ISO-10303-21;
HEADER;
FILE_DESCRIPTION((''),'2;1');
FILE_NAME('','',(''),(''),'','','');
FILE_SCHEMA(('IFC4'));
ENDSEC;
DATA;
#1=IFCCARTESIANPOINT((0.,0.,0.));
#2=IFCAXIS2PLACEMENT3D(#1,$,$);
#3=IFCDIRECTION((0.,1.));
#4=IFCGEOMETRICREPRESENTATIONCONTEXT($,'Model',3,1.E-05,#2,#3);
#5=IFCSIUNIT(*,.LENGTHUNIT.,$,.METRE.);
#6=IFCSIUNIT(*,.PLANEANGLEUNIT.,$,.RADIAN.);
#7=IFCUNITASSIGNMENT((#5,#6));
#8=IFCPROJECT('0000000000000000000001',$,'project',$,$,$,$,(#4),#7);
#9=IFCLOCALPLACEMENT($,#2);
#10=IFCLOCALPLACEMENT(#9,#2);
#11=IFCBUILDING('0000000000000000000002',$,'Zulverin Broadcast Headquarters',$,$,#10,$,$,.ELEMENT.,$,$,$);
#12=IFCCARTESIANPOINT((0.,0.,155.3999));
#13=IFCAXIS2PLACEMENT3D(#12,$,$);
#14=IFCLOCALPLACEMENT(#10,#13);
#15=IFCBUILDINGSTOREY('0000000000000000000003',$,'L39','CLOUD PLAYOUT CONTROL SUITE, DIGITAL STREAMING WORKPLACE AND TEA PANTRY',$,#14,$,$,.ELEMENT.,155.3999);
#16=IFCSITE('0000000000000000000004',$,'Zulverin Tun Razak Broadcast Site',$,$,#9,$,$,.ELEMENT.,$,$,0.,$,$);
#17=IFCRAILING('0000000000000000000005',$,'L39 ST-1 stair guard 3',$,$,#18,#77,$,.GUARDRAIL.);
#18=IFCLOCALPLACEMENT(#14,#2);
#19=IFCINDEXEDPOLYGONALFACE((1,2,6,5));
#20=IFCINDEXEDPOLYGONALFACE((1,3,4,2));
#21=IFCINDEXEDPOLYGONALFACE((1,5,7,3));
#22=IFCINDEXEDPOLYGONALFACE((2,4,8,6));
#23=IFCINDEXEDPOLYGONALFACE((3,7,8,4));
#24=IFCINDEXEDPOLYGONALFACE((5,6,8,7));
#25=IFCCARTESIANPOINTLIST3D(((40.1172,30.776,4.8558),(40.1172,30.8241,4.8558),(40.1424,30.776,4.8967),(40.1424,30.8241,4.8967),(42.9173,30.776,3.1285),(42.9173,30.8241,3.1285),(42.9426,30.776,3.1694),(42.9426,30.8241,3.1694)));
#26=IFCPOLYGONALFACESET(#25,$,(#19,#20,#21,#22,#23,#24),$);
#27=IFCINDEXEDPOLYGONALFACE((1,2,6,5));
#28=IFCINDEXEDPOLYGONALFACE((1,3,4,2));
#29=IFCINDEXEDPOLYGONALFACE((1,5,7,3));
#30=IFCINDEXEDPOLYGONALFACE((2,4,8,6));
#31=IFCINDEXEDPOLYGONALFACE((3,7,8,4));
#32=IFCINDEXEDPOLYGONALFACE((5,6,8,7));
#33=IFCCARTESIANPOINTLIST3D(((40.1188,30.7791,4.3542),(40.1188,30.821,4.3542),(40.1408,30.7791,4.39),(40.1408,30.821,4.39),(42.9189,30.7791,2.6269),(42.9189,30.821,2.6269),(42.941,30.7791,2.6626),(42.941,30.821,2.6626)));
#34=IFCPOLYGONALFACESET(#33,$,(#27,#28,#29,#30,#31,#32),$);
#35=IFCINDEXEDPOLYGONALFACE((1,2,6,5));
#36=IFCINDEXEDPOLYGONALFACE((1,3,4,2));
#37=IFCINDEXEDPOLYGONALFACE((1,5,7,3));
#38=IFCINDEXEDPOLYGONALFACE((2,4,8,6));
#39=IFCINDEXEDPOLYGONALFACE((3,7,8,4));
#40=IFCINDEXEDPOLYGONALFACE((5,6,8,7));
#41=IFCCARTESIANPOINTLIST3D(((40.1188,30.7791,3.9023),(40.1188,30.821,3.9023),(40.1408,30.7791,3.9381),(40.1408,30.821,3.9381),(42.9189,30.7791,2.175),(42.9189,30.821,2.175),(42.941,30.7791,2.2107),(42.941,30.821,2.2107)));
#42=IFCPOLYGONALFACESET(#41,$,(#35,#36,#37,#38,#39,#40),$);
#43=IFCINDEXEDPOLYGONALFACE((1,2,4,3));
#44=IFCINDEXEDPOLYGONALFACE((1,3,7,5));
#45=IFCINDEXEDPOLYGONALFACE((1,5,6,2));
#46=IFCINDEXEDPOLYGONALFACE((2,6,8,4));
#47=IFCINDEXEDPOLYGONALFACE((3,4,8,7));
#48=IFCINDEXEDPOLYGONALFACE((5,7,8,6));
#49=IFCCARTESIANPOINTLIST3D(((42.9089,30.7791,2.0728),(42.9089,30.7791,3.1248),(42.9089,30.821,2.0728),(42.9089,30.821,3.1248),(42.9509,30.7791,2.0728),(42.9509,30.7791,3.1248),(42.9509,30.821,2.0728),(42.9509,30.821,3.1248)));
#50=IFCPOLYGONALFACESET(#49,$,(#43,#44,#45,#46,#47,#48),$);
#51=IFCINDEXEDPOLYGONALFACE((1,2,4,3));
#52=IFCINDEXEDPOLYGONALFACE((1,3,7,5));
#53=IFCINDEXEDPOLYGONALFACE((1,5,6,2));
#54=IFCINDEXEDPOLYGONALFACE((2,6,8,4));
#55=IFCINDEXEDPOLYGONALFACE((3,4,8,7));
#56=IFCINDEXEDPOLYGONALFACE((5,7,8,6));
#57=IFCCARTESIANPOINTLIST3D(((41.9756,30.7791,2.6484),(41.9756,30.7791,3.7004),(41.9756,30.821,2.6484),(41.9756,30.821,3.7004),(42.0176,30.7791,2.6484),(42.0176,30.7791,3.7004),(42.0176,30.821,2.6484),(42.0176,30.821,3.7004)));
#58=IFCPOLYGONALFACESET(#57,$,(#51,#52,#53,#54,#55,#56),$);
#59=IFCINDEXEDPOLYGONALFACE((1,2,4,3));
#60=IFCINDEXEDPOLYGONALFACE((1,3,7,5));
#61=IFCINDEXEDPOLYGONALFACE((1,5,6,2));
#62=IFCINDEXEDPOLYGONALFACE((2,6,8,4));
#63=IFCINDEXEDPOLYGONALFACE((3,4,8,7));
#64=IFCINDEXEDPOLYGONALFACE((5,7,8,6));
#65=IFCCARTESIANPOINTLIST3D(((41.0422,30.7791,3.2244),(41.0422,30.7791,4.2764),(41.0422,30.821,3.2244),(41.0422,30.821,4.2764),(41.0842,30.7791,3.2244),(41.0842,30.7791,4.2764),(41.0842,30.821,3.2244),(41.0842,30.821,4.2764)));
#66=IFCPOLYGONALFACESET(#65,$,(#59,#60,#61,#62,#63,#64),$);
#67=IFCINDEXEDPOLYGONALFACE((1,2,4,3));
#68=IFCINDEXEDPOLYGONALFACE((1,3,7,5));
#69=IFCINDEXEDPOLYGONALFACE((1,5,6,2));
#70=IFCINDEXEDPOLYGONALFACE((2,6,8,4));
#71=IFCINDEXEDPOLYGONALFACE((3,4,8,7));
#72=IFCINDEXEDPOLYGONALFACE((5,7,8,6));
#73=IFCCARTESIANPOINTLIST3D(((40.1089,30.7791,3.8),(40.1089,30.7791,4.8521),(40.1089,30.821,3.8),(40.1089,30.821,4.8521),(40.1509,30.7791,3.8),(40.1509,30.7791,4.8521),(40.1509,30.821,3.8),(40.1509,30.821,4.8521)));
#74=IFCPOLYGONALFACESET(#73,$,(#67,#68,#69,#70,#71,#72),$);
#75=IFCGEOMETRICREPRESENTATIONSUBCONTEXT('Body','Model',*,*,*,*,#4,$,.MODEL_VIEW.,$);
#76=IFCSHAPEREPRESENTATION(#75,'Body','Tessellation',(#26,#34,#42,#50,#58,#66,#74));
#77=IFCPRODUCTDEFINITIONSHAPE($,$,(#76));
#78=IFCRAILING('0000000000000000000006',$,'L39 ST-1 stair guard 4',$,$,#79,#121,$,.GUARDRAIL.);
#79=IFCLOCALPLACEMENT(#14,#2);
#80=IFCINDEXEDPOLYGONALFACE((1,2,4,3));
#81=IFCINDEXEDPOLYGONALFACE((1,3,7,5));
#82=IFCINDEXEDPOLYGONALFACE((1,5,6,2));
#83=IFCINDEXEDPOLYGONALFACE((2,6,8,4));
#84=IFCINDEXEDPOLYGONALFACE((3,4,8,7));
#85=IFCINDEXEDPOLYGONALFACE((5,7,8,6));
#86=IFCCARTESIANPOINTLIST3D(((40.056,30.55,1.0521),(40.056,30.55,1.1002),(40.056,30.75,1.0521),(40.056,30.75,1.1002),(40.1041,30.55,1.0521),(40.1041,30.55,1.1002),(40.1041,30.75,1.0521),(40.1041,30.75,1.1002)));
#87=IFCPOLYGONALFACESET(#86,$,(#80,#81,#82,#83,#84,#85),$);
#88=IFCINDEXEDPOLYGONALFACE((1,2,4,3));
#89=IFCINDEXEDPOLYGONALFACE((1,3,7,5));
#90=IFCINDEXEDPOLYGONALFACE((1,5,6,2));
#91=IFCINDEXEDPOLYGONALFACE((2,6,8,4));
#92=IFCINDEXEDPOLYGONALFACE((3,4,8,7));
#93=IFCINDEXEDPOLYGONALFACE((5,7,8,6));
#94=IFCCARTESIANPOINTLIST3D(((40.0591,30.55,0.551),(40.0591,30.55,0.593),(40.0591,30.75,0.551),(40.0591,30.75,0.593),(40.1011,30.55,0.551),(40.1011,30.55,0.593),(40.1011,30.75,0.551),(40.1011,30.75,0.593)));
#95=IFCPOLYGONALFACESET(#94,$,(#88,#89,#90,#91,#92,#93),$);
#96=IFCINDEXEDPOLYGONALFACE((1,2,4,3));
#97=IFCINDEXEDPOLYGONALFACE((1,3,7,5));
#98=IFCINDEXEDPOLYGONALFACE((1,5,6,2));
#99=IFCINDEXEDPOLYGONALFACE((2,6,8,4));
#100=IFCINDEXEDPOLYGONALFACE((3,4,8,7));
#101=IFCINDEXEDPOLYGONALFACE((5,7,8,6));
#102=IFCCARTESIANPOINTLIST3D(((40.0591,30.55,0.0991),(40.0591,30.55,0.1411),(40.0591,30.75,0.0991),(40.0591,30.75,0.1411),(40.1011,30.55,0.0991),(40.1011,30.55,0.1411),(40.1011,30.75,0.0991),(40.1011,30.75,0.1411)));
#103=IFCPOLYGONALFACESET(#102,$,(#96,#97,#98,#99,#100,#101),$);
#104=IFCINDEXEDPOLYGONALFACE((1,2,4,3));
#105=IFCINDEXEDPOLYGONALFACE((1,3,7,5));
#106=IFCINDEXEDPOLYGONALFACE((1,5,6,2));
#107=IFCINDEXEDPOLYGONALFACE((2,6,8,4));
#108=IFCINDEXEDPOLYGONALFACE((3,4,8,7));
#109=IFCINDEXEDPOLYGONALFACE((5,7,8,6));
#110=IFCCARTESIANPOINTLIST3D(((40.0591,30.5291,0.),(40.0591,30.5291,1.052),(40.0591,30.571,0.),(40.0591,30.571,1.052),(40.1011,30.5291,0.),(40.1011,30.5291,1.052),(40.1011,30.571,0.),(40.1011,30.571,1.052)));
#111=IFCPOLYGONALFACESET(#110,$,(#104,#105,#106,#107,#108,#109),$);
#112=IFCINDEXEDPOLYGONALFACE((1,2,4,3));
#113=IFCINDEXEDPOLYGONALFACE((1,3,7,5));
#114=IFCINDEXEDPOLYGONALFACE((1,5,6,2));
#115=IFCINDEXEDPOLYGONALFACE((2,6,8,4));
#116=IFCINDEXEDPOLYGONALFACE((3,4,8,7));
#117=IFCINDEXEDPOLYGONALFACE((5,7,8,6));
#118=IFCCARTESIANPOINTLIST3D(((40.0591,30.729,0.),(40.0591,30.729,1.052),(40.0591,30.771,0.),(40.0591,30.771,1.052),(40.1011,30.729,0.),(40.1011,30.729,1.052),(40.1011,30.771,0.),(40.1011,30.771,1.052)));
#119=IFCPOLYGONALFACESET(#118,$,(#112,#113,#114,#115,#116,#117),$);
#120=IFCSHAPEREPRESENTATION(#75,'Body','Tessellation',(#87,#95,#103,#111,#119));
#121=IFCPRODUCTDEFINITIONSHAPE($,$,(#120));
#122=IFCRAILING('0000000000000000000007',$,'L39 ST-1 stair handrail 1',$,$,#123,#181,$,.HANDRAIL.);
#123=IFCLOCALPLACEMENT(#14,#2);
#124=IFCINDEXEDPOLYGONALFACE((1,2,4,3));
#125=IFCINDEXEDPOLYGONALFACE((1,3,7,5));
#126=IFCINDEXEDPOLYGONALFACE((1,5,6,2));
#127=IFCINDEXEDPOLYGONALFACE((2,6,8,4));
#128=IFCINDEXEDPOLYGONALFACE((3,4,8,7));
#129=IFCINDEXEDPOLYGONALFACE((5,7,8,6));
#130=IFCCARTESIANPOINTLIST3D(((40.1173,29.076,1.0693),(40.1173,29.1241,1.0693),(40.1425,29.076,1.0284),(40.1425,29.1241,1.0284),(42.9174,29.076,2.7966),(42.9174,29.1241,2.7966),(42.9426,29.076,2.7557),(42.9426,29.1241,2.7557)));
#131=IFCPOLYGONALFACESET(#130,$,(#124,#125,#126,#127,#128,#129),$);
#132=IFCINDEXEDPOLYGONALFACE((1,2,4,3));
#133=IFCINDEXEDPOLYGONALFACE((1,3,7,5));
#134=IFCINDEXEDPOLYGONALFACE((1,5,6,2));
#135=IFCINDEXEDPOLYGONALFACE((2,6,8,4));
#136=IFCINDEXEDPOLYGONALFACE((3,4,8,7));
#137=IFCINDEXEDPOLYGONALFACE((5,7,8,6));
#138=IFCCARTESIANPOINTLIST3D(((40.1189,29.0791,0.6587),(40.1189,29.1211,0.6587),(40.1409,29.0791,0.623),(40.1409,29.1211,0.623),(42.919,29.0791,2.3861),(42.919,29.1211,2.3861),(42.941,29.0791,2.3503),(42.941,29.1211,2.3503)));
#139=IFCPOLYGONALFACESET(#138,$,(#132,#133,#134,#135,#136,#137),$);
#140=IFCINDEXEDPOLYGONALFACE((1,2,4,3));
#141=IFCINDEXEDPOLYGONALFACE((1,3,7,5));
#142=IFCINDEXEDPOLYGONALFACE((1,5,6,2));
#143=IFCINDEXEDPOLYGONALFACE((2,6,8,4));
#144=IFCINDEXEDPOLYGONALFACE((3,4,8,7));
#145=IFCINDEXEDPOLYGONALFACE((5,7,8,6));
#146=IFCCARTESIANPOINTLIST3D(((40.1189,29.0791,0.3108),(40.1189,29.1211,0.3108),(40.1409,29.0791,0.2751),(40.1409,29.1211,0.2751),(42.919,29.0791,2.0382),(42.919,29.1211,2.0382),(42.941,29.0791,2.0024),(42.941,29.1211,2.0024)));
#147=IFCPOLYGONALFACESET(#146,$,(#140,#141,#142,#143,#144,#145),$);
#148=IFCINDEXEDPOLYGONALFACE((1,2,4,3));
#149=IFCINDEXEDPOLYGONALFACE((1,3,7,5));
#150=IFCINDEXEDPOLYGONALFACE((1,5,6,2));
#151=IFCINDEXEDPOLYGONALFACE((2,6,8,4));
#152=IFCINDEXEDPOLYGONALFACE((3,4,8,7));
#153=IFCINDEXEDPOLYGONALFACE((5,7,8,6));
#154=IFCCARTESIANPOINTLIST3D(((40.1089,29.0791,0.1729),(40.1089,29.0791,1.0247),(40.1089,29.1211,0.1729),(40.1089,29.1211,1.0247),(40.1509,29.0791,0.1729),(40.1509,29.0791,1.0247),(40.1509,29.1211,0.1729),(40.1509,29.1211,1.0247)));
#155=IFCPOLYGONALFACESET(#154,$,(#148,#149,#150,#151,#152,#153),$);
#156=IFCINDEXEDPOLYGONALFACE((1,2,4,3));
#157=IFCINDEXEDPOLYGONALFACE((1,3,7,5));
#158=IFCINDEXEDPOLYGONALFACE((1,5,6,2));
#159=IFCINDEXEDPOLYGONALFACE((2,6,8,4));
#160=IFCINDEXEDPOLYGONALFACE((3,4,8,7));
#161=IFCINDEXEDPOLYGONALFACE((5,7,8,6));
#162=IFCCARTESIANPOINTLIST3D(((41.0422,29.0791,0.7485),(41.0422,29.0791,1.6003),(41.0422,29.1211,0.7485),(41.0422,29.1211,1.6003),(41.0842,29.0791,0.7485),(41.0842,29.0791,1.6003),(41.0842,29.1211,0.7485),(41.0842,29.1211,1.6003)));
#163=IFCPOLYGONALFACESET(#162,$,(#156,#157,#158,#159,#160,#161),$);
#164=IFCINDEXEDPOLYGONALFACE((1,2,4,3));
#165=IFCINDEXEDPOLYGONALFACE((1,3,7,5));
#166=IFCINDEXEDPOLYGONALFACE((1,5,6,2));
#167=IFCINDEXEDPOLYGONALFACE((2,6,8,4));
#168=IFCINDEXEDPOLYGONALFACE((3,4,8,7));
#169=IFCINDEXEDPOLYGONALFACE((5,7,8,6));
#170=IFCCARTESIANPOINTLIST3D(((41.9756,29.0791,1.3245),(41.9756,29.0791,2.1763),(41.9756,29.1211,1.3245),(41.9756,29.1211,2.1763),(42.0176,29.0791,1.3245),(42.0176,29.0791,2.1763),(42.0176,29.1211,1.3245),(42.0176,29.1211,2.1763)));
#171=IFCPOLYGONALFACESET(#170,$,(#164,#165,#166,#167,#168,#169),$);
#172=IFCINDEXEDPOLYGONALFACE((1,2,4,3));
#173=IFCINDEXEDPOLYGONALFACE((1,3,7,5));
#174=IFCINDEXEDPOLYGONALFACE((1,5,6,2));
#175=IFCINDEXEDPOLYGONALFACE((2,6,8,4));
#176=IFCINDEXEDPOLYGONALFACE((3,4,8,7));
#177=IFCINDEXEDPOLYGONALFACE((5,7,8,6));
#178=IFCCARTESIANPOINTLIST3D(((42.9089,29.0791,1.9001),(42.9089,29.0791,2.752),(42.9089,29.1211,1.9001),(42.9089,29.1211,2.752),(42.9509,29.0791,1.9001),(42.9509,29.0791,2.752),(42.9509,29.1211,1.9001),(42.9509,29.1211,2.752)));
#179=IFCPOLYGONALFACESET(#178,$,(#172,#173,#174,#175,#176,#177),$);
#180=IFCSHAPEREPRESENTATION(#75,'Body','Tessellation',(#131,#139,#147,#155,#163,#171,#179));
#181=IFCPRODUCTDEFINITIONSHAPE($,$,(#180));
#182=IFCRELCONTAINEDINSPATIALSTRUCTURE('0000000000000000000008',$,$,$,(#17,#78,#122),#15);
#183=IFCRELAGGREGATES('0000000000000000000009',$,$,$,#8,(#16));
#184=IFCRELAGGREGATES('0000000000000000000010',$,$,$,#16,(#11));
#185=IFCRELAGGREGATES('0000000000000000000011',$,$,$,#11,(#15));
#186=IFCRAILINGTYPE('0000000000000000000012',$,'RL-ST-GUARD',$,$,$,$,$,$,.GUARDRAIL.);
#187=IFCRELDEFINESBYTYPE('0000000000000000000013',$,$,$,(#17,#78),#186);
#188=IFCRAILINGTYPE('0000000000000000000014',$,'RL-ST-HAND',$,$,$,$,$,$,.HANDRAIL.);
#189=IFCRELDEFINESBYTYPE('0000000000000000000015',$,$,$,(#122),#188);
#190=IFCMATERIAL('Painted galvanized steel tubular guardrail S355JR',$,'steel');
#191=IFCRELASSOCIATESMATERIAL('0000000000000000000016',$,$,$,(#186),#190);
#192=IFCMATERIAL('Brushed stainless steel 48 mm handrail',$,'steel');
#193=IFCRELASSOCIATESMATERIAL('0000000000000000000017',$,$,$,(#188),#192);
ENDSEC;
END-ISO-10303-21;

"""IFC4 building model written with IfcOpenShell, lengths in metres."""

from ifc_helpers import new_model, si_unit, direction, frame, origin, origin_2d, place, context, subcontext, project, spatial, rectangle, extrude, material, type_object, element, save


model = new_model("IFC4")

# Units and contexts
model_context = context("Model", 3, precision=1e-05, world=origin(), true_north=direction((0.0, 1.0)))
body_context = subcontext(model_context, "Body", "Model", "MODEL_VIEW")
ifc_project = project(units=[si_unit("LENGTHUNIT", "METRE"), si_unit("PLANEANGLEUNIT", "RADIAN")], contexts=[model_context])

# Site, building, storey
site_placement = place(None, origin())
site = spatial("IfcSite", under=ifc_project, at=site_placement, Name="Zulverin Tun Razak Broadcast Site", CompositionType="ELEMENT", RefElevation=0.0)
building_placement = place(site_placement, origin())
building = spatial("IfcBuilding", under=site, at=building_placement, Name="Zulverin Broadcast Headquarters", CompositionType="ELEMENT")
storey_placement = place(building_placement, frame((0.0, 0.0, 155.3999)))
storey = spatial("IfcBuildingStorey", under=building, at=storey_placement, Name="L39", Description="CLOUD PLAYOUT CONTROL SUITE, DIGITAL STREAMING WORKPLACE AND TEA PANTRY", CompositionType="ELEMENT", Elevation=155.3999)

# Railings
ifc_material_1 = material(Name="Painted galvanized steel tubular guardrail S355JR", Category="steel")
railing_type_1 = type_object("IfcRailingType", Name="RL-ST-GUARD", PredefinedType="GUARDRAIL", material=ifc_material_1)
railing_1_placement = place(storey_placement, frame((42.9299, 30.8, 2.0728)))
element("IfcRailing", 1, at=railing_1_placement, inside=storey, type_object=railing_type_1, Name="L39 ST-1 stair guard 3", PredefinedType="GUARDRAIL", context=body_context, shape_type="SweptSolid", body=[
    extrude(rectangle(XDim=0.0481, YDim=0.0481, at=origin_2d()), frame((0.0, 0.0, 1.0762), z_axis=(-0.85109, 0.0, 0.52502), x_axis=(0.0, -1.0, 0.0)), (0.0, 0.0, 1.0), 3.29),
    extrude(rectangle(XDim=0.042, YDim=0.042, at=origin_2d()), frame((0.0, 0.0, 0.572), z_axis=(-0.85109, 0.0, 0.52502), x_axis=(0.0, -1.0, 0.0)), (0.0, 0.0, 1.0), 3.29),
    extrude(rectangle(XDim=0.042, YDim=0.042, at=origin_2d()), frame((0.0, 0.0, 0.1201), z_axis=(-0.85109, 0.0, 0.52502), x_axis=(0.0, -1.0, 0.0)), (0.0, 0.0, 1.0), 3.29),
    extrude(rectangle(XDim=0.042, YDim=0.042, at=origin_2d()), origin(), (0.0, 0.0, 1.0), 1.052),
    extrude(rectangle(XDim=0.042, YDim=0.042, at=origin_2d()), frame((-0.9333, 0.0, 0.5757)), (0.0, 0.0, 1.0), 1.052),
    extrude(rectangle(XDim=0.042, YDim=0.042, at=origin_2d()), frame((-1.8667, 0.0, 1.1516)), (0.0, 0.0, 1.0), 1.052),
    extrude(rectangle(XDim=0.042, YDim=0.042, at=origin_2d()), frame((-2.8, 0.0, 1.7273)), (0.0, 0.0, 1.0), 1.052),
])
railing_2_placement = place(storey_placement, frame((40.0801, 30.55, 0.0)))
element("IfcRailing", 2, at=railing_2_placement, inside=storey, type_object=railing_type_1, Name="L39 ST-1 stair guard 4", PredefinedType="GUARDRAIL", context=body_context, shape_type="SweptSolid", body=[
    extrude(rectangle(XDim=0.0481, YDim=0.0481, at=origin_2d()), frame((0.0, 0.0, 1.0762), z_axis=(0.0, 1.0, 0.0), x_axis=(-1.0, 0.0, 0.0)), (0.0, 0.0, 1.0), 0.2),
    extrude(rectangle(XDim=0.042, YDim=0.042, at=origin_2d()), frame((0.0, 0.0, 0.572), z_axis=(0.0, 1.0, 0.0), x_axis=(-1.0, 0.0, 0.0)), (0.0, 0.0, 1.0), 0.2),
    extrude(rectangle(XDim=0.042, YDim=0.042, at=origin_2d()), frame((0.0, 0.0, 0.1201), z_axis=(0.0, 1.0, 0.0), x_axis=(-1.0, 0.0, 0.0)), (0.0, 0.0, 1.0), 0.2),
    extrude(rectangle(XDim=0.042, YDim=0.042, at=origin_2d()), origin(), (0.0, 0.0, 1.0), 1.052),
    extrude(rectangle(XDim=0.042, YDim=0.042, at=origin_2d()), frame((0.0, 0.2, 0.0)), (0.0, 0.0, 1.0), 1.052),
])
ifc_material_2 = material(Name="Brushed stainless steel 48 mm handrail", Category="steel")
railing_type_2 = type_object("IfcRailingType", Name="RL-ST-HAND", PredefinedType="HANDRAIL", material=ifc_material_2)
railing_3_placement = place(storey_placement, frame((40.1299, 29.1001, 0.1729)))
element("IfcRailing", 3, at=railing_3_placement, inside=storey, type_object=railing_type_2, Name="L39 ST-1 stair handrail 1", PredefinedType="HANDRAIL", context=body_context, shape_type="SweptSolid", body=[
    extrude(rectangle(XDim=0.0481, YDim=0.0481, at=origin_2d()), frame((0.0, 0.0, 0.876), z_axis=(0.85109, 0.0, 0.52502), x_axis=(0.0, 1.0, 0.0)), (0.0, 0.0, 1.0), 3.29),
    extrude(rectangle(XDim=0.042, YDim=0.042, at=origin_2d()), frame((0.0, 0.0, 0.468), z_axis=(0.85109, 0.0, 0.52502), x_axis=(0.0, 1.0, 0.0)), (0.0, 0.0, 1.0), 3.29),
    extrude(rectangle(XDim=0.042, YDim=0.042, at=origin_2d()), frame((0.0, 0.0, 0.1201), z_axis=(0.85109, 0.0, 0.52502), x_axis=(0.0, 1.0, 0.0)), (0.0, 0.0, 1.0), 3.29),
    extrude(rectangle(XDim=0.042, YDim=0.042, at=origin_2d()), origin(), (0.0, 0.0, 1.0), 0.8518),
    extrude(rectangle(XDim=0.042, YDim=0.042, at=origin_2d()), frame((0.9333, 0.0, 0.5757)), (0.0, 0.0, 1.0), 0.8518),
    extrude(rectangle(XDim=0.042, YDim=0.042, at=origin_2d()), frame((1.8667, 0.0, 1.1516)), (0.0, 0.0, 1.0), 0.8518),
    extrude(rectangle(XDim=0.042, YDim=0.042, at=origin_2d()), frame((2.8, 0.0, 1.7273)), (0.0, 0.0, 1.0), 0.8518),
])

save(model, "model.ifc")
